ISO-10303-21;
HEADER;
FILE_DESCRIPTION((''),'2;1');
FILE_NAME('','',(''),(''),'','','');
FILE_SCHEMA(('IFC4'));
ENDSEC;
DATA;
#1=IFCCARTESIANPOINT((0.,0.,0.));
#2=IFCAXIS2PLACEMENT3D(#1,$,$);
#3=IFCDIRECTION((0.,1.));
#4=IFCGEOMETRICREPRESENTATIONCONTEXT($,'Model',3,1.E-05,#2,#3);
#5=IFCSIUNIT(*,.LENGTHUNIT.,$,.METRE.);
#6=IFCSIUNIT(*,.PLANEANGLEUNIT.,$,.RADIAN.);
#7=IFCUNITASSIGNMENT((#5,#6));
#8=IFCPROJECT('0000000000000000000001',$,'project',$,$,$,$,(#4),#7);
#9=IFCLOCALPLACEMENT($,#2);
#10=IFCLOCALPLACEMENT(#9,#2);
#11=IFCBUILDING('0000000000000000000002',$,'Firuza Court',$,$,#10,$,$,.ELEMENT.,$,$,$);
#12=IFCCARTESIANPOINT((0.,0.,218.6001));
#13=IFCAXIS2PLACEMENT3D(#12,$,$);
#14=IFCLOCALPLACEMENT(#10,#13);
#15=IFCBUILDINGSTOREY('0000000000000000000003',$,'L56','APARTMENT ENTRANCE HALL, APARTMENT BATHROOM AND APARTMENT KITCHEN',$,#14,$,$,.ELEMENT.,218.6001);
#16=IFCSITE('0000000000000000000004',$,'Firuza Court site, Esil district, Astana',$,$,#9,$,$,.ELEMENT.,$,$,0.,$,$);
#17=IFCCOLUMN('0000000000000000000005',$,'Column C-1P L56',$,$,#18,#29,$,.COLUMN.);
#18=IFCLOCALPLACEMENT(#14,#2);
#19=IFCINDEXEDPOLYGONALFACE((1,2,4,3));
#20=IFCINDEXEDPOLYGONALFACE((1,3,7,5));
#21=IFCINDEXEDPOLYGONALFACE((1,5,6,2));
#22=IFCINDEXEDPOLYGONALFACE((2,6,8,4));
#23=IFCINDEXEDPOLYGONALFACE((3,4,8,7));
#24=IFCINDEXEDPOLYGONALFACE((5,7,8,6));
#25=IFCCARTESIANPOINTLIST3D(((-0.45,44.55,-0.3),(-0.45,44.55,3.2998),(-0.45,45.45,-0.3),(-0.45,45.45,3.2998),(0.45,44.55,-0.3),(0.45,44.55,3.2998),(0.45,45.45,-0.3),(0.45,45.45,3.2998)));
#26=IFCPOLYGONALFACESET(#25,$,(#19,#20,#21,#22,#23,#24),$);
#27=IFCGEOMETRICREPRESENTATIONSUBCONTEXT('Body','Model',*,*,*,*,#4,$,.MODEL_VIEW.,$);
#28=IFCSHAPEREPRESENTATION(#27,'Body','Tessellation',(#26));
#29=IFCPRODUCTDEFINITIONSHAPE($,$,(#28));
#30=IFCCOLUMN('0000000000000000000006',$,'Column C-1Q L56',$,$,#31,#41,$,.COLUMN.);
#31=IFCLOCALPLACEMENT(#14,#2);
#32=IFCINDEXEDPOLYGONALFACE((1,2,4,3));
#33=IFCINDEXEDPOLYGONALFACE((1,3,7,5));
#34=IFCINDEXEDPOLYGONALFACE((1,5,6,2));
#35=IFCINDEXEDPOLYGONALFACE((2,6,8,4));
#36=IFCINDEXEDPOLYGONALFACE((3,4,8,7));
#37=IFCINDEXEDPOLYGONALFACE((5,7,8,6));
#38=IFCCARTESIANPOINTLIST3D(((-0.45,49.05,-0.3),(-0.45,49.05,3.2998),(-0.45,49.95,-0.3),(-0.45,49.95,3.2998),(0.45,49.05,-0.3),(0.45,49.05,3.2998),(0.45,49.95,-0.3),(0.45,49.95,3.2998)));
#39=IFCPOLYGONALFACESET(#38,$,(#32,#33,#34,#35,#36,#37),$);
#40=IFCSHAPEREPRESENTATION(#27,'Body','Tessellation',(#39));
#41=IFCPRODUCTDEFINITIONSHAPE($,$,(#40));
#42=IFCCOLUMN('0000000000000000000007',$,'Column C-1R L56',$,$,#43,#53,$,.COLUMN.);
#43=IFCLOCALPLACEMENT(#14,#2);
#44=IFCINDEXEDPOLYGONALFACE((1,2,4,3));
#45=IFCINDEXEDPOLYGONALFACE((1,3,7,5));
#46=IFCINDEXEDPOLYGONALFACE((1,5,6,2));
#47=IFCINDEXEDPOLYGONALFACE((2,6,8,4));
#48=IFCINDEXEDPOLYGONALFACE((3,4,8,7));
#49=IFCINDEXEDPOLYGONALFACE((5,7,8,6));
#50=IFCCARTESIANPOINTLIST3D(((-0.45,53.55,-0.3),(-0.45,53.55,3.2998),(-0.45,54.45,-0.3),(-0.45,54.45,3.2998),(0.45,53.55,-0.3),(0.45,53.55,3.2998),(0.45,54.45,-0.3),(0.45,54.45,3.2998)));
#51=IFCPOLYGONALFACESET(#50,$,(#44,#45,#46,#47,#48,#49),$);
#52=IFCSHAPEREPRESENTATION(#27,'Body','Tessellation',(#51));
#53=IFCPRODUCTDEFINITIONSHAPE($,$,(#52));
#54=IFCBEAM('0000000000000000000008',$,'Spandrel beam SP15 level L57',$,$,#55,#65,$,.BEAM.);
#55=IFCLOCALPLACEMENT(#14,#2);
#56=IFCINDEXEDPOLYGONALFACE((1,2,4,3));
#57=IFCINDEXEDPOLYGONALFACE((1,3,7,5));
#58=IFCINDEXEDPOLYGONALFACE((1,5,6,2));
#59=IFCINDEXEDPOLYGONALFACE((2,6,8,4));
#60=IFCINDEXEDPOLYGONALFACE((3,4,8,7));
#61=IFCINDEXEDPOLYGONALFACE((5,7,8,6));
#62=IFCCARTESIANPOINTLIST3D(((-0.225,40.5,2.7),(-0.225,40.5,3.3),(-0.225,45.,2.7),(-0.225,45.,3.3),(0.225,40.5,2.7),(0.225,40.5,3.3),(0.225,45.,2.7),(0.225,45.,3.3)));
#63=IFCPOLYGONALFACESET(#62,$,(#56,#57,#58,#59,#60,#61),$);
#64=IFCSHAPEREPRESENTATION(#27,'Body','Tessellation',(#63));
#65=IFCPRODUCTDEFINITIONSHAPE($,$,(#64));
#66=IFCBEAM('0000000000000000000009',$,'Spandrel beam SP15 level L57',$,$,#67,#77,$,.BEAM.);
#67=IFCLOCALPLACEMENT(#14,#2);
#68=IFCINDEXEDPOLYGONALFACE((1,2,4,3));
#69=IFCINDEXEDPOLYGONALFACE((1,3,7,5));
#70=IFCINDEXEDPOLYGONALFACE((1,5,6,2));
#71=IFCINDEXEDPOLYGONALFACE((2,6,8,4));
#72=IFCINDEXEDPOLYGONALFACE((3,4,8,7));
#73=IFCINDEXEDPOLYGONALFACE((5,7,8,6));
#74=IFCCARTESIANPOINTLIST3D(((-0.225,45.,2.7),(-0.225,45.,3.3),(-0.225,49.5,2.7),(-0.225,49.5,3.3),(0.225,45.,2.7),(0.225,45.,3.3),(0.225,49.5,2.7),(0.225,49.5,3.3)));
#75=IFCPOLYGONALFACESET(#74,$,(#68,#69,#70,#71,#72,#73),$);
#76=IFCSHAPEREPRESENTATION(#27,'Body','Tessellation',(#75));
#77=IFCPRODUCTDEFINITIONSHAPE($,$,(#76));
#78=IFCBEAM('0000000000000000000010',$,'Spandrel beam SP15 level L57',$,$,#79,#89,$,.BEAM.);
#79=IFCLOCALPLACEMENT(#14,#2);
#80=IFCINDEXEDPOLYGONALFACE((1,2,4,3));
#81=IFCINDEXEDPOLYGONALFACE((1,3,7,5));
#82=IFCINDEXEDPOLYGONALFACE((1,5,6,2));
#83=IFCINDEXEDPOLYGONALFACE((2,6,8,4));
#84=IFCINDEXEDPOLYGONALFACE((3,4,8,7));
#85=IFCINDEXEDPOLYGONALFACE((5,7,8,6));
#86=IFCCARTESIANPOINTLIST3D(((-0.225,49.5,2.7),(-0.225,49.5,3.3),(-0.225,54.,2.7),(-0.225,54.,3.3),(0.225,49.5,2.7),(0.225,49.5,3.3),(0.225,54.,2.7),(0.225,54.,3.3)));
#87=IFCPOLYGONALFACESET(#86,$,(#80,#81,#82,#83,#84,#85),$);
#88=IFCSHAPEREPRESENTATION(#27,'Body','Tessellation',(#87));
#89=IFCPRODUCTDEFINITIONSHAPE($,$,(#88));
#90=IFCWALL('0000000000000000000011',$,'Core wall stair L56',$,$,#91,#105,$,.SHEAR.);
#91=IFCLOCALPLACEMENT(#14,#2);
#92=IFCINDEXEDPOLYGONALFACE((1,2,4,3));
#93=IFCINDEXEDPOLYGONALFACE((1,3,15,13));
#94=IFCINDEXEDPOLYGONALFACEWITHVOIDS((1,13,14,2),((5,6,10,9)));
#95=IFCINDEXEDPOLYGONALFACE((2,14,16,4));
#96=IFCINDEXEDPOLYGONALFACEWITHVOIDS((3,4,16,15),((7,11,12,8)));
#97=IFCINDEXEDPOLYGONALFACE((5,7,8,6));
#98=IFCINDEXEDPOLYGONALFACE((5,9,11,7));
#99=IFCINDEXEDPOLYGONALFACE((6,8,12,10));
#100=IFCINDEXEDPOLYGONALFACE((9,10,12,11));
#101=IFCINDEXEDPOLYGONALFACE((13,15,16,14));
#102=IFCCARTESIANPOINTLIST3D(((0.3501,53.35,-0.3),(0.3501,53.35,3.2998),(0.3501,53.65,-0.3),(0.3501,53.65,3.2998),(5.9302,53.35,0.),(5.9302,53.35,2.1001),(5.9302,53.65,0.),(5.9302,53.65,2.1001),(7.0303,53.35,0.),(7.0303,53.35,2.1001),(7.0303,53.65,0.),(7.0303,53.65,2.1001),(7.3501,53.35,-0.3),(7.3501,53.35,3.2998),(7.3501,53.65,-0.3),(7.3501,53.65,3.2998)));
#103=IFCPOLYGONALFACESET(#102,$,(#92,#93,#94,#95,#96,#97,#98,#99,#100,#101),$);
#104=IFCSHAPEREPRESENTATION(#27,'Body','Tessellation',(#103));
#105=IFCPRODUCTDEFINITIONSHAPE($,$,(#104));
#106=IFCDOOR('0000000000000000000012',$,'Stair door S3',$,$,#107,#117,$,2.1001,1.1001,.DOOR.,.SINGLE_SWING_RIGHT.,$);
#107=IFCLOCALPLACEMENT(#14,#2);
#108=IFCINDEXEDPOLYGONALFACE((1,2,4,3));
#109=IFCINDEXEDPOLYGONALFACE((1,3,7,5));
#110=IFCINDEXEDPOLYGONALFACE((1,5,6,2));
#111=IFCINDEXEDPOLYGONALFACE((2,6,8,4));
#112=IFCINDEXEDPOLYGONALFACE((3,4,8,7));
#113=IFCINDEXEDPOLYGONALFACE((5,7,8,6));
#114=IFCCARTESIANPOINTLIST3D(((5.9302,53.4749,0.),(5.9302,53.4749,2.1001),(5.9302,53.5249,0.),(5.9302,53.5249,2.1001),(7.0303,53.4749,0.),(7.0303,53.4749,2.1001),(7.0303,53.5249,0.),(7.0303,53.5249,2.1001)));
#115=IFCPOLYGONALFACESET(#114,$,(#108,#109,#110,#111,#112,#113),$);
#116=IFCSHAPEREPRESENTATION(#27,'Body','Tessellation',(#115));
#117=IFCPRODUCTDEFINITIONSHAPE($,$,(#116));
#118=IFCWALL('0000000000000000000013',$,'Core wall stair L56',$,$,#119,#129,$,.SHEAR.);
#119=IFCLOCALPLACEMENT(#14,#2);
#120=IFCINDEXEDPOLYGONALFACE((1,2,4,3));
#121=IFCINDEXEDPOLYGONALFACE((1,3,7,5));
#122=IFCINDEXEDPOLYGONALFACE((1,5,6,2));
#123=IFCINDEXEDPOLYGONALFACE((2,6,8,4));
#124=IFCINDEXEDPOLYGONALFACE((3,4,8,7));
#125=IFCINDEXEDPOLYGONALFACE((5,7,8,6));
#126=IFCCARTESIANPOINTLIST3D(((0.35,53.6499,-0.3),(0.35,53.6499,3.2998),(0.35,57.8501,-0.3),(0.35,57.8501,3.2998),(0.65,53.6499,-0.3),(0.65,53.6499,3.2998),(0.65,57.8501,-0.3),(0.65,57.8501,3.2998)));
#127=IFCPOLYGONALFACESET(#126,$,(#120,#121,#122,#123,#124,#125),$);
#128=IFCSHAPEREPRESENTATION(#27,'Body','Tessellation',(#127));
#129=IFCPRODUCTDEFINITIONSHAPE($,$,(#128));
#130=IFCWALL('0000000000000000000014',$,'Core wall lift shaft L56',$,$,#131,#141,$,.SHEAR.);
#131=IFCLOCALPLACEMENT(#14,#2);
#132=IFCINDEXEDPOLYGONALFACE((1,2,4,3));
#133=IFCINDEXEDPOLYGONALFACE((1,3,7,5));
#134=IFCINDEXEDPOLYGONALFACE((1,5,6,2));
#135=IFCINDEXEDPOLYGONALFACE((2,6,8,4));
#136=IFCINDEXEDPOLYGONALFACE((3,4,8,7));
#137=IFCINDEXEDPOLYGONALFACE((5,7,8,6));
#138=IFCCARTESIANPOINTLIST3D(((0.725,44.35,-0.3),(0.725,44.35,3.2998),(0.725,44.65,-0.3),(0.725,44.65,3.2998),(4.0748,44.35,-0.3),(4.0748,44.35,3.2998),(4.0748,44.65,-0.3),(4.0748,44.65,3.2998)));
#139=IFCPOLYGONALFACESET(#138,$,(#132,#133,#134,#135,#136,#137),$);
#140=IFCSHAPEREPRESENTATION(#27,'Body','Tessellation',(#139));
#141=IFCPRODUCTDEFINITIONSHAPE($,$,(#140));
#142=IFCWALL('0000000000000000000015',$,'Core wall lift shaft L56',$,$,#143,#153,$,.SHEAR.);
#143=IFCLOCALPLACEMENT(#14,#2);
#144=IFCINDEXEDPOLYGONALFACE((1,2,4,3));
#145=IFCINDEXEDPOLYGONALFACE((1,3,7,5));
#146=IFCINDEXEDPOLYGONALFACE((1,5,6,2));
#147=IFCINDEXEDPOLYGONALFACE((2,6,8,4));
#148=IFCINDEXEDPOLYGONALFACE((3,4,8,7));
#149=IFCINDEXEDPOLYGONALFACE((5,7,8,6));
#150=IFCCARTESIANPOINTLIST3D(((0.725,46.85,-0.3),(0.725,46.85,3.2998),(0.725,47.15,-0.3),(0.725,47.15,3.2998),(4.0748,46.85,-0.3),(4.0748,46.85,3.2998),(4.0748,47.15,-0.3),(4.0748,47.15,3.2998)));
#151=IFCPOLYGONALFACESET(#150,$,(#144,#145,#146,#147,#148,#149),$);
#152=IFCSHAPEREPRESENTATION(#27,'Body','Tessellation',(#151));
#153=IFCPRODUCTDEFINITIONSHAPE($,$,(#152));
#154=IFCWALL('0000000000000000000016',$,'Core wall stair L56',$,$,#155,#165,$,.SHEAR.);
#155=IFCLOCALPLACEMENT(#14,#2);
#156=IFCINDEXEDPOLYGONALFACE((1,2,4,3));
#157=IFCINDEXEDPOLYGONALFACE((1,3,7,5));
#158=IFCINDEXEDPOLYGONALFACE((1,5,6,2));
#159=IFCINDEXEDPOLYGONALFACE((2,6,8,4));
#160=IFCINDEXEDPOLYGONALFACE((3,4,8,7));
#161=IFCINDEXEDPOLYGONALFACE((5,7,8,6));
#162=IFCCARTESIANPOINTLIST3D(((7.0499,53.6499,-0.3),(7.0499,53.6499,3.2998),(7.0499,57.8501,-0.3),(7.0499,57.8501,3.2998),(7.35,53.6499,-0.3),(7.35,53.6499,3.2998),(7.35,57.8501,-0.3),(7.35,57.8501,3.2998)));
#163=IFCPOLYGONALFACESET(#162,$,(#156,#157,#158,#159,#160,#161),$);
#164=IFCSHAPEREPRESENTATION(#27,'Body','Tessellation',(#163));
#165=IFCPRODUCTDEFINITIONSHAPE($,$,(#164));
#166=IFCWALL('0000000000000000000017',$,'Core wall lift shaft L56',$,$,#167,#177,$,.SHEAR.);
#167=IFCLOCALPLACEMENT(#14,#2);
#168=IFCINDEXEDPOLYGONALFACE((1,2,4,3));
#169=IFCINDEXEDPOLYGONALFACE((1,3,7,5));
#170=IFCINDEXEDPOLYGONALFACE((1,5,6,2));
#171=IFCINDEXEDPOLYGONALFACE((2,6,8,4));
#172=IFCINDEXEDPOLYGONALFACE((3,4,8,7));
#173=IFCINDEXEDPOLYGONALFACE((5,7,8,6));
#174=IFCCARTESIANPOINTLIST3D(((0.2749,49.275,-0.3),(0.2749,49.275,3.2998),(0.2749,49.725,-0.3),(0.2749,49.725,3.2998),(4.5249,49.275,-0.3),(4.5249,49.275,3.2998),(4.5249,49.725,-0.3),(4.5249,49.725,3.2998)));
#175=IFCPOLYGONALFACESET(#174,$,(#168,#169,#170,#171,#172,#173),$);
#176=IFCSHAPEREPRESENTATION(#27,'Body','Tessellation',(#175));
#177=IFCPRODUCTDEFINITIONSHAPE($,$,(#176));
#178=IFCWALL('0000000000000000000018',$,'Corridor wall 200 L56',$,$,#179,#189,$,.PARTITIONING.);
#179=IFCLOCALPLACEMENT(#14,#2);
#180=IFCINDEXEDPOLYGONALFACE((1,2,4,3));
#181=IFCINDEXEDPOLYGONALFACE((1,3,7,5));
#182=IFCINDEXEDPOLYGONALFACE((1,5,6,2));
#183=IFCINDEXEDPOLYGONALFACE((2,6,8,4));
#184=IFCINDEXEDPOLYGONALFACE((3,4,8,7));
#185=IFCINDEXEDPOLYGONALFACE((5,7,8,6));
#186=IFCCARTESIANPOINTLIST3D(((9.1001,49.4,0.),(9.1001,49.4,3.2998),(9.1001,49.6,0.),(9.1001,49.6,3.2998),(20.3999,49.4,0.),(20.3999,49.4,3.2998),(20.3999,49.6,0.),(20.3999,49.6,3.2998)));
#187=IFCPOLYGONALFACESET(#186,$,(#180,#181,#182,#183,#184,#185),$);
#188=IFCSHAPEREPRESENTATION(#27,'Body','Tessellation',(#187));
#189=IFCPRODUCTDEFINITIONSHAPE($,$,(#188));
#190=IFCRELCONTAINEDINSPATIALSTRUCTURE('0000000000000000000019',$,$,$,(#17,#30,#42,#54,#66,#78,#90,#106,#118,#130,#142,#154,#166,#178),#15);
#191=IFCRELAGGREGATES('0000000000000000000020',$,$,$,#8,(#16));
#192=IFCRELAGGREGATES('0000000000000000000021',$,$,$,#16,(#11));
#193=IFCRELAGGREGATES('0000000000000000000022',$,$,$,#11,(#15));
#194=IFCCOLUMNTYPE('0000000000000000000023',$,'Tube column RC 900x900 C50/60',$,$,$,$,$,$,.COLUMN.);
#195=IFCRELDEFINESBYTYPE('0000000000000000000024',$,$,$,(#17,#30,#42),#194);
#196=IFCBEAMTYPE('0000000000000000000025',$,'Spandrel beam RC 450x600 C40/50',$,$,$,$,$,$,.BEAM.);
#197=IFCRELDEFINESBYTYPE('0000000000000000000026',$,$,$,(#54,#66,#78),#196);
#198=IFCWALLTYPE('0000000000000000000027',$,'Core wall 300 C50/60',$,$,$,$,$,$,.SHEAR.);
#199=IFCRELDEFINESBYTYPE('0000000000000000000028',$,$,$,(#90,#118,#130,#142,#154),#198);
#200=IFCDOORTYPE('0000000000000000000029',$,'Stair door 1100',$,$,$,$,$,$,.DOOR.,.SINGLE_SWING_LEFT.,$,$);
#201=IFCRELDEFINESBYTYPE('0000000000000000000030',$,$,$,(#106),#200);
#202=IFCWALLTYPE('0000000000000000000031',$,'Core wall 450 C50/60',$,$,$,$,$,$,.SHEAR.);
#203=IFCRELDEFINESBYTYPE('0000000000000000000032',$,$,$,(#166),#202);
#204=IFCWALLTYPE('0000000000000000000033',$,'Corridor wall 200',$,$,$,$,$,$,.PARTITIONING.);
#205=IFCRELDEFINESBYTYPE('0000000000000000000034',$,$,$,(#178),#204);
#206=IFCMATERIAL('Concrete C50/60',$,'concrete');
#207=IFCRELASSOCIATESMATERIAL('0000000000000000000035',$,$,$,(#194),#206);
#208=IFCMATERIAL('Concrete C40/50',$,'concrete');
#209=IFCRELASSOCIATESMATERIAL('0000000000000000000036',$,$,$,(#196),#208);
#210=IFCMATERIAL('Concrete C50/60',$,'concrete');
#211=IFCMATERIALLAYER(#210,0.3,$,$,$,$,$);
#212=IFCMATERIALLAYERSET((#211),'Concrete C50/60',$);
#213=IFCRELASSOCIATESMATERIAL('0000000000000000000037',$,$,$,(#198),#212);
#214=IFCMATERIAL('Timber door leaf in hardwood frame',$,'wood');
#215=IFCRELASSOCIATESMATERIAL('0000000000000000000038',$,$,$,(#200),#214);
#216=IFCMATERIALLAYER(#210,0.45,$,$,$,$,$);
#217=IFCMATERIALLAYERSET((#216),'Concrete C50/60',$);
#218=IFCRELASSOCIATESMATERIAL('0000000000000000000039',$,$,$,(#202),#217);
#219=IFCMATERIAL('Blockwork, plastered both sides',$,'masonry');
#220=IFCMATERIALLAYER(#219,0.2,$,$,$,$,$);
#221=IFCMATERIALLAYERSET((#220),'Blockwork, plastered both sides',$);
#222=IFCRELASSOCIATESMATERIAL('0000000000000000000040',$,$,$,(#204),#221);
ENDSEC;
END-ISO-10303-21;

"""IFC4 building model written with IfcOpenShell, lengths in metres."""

from ifc_helpers import new_model, si_unit, direction, frame, frame_2d, origin, origin_2d, place, context, subcontext, project, spatial, rectangle, extrude, material, layer, layer_set, material_profile, profile_set, type_object, element, fill, save


model = new_model("IFC4")

# Units and contexts
model_context = context("Model", 3, precision=1e-05, world=origin(), true_north=direction((0.0, 1.0)))
body_context = subcontext(model_context, "Body", "Model", "MODEL_VIEW")
ifc_project = project(units=[si_unit("LENGTHUNIT", "METRE"), si_unit("PLANEANGLEUNIT", "RADIAN")], contexts=[model_context])

# Site, building, storey
site_placement = place(None, origin())
site = spatial("IfcSite", under=ifc_project, at=site_placement, Name="Firuza Court site, Esil district, Astana", CompositionType="ELEMENT", RefElevation=0.0)
building_placement = place(site_placement, origin())
building = spatial("IfcBuilding", under=site, at=building_placement, Name="Firuza Court", CompositionType="ELEMENT")
storey_placement = place(building_placement, frame((0.0, 0.0, 218.6001)))
storey = spatial("IfcBuildingStorey", under=building, at=storey_placement, Name="L56", Description="APARTMENT ENTRANCE HALL, APARTMENT BATHROOM AND APARTMENT KITCHEN", CompositionType="ELEMENT", Elevation=218.6001)

# Columns
ifc_material_1 = material(Name="Concrete C50/60", Category="concrete")
ifc_material_profile_1 = material_profile(ifc_material_1, rectangle(XDim=0.8999, YDim=0.8999, at=origin_2d()), Name="RC 900x900")
ifc_profile_set_1 = profile_set([ifc_material_profile_1], Name="Concrete C50/60")
column_type = type_object("IfcColumnType", Name="Tube column RC 900x900 C50/60", PredefinedType="COLUMN", material=ifc_profile_set_1)
for number, where, z_axis, x_axis, name in (
    (1, (0.0, 45.0, -0.3), (0.0, 0.0, 1.0), (1.0, 0.0, 0.0), "Column C-1P L56"),
    (2, (0.0, 49.5, -0.3), (0.0, 0.0, 1.0), (1.0, 0.0, 0.0), "Column C-1Q L56"),
    (3, (0.0, 54.0, -0.3), (0.0, 0.0, 1.0), (1.0, 0.0, 0.0), "Column C-1R L56"),
):
    element("IfcColumn", number, at=place(storey_placement, frame(where, z_axis=z_axis, x_axis=x_axis)), inside=storey, type_object=column_type, Name=name, PredefinedType="COLUMN", context=body_context, shape_type="SweptSolid", body=[
        extrude(rectangle(XDim=0.8999, YDim=0.8999, at=origin_2d()), origin(), (0.0, 0.0, 1.0), 3.5999),
    ])

# Beams
ifc_material_2 = material(Name="Concrete C40/50", Category="concrete")
ifc_material_profile_2 = material_profile(ifc_material_2, rectangle(XDim=0.45, YDim=0.6001, at=origin_2d()), Name="RC 450x600")
ifc_profile_set_2 = profile_set([ifc_material_profile_2], Name="Concrete C40/50")
beam_type = type_object("IfcBeamType", Name="Spandrel beam RC 450x600 C40/50", PredefinedType="BEAM", material=ifc_profile_set_2)
for number, where, z_axis, x_axis, name in (
    (4, (0.0, 45.0, 3.0), (0.0, -1.0, 0.0), (1.0, 0.0, 0.0), "Spandrel beam SP15 level L57"),
    (5, (0.0, 49.5, 3.0), (0.0, -1.0, 0.0), (1.0, 0.0, 0.0), "Spandrel beam SP15 level L57"),
    (6, (0.0, 54.0, 3.0), (0.0, -1.0, 0.0), (1.0, 0.0, 0.0), "Spandrel beam SP15 level L57"),
):
    element("IfcBeam", number, at=place(storey_placement, frame(where, z_axis=z_axis, x_axis=x_axis)), inside=storey, type_object=beam_type, Name=name, PredefinedType="BEAM", context=body_context, shape_type="SweptSolid", body=[
        extrude(rectangle(XDim=0.45, YDim=0.6001, at=origin_2d()), origin(), (0.0, 0.0, 1.0), 4.5),
    ])

# Wall, opening, door
ifc_material_3 = material(Name="Concrete C50/60", Category="concrete")
ifc_layer_1 = layer(ifc_material_3, 0.3)
ifc_layer_set_1 = layer_set([ifc_layer_1], Name="Concrete C50/60")
wall_type_1 = type_object("IfcWallType", Name="Core wall 300 C50/60", PredefinedType="SHEAR", material=ifc_layer_set_1)
wall_1_placement = place(storey_placement, frame((0.3501, 53.5, -0.3), z_axis=(0.0, 0.0, 1.0), x_axis=(1.0, 0.0, 0.0)))
wall_1 = element("IfcWall", 7, at=wall_1_placement, inside=storey, type_object=wall_type_1, Name="Core wall stair L56", PredefinedType="SHEAR", context=body_context, shape_type="SweptSolid", body=[
    extrude(rectangle(XDim=7.0, YDim=0.3, at=frame_2d((3.5, 0.0))), origin(), (0.0, 0.0, 1.0), 3.5999),
])
opening_1_placement = place(wall_1_placement, frame((5.5801, 0.0, 0.3)))
opening_1 = element("IfcOpeningElement", 8, at=opening_1_placement, cuts=wall_1, PredefinedType="OPENING", context=body_context, shape_type="SweptSolid", body=[
    extrude(rectangle(XDim=1.1001, YDim=2.1001, at=frame_2d((0.55, 1.05))), frame((0.0, 0.1621, 0.0), z_axis=(0.0, -1.0, 0.0), x_axis=(1.0, 0.0, 0.0)), (0.0, 0.0, 1.0), 0.324),
])
ifc_material_4 = material(Name="Timber door leaf in hardwood frame", Category="wood")
door_type_1 = type_object("IfcDoorType", Name="Stair door 1100", OperationType="SINGLE_SWING_LEFT", PredefinedType="DOOR", material=ifc_material_4)
door_1_placement = place(opening_1_placement, origin())
door_1 = element("IfcDoor", 9, at=door_1_placement, inside=storey, type_object=door_type_1, Name="Stair door S3", OperationType="SINGLE_SWING_RIGHT", OverallHeight=2.1001, OverallWidth=1.1001, PredefinedType="DOOR", context=body_context, shape_type="SweptSolid", body=[
    extrude(rectangle(XDim=1.1001, YDim=2.1001, at=frame_2d((0.55, 1.05))), frame((0.0, 0.0249, 0.0), z_axis=(0.0, -1.0, 0.0), x_axis=(1.0, 0.0, 0.0)), (0.0, 0.0, 1.0), 0.05),
])
fill(opening_1, door_1)

# Walls
wall_2_placement = place(storey_placement, frame((0.5, 53.6499, -0.3), z_axis=(0.0, 0.0, 1.0), x_axis=(0.0, 1.0, 0.0)))
element("IfcWall", 10, at=wall_2_placement, inside=storey, type_object=wall_type_1, Name="Core wall stair L56", PredefinedType="SHEAR", context=body_context, shape_type="SweptSolid", body=[
    extrude(rectangle(XDim=4.2002, YDim=0.3, at=frame_2d((2.1001, 0.0))), origin(), (0.0, 0.0, 1.0), 3.5999),
])
for number, where, z_axis, x_axis, name in (
    (11, (0.7251, 44.5, -0.3), (0.0, 0.0, 1.0), (1.0, 0.0, 0.0), "Core wall lift shaft L56"),
    (12, (0.7251, 47.0, -0.3), (0.0, 0.0, 1.0), (1.0, 0.0, 0.0), "Core wall lift shaft L56"),
):
    element("IfcWall", number, at=place(storey_placement, frame(where, z_axis=z_axis, x_axis=x_axis)), inside=storey, type_object=wall_type_1, Name=name, PredefinedType="SHEAR", context=body_context, shape_type="SweptSolid", body=[
        extrude(rectangle(XDim=3.3499, YDim=0.3, at=frame_2d((1.6748, 0.0))), origin(), (0.0, 0.0, 1.0), 3.5999),
    ])
wall_3_placement = place(storey_placement, frame((7.2, 53.6499, -0.3), z_axis=(0.0, 0.0, 1.0), x_axis=(0.0, 1.0, 0.0)))
element("IfcWall", 13, at=wall_3_placement, inside=storey, type_object=wall_type_1, Name="Core wall stair L56", PredefinedType="SHEAR", context=body_context, shape_type="SweptSolid", body=[
    extrude(rectangle(XDim=4.2002, YDim=0.3, at=frame_2d((2.1001, 0.0))), origin(), (0.0, 0.0, 1.0), 3.5999),
])
ifc_layer_2 = layer(ifc_material_3, 0.45)
ifc_layer_set_2 = layer_set([ifc_layer_2], Name="Concrete C50/60")
wall_type_2 = type_object("IfcWallType", Name="Core wall 450 C50/60", PredefinedType="SHEAR", material=ifc_layer_set_2)
wall_4_placement = place(storey_placement, frame((0.2749, 49.5, -0.3), z_axis=(0.0, 0.0, 1.0), x_axis=(1.0, 0.0, 0.0)))
element("IfcWall", 14, at=wall_4_placement, inside=storey, type_object=wall_type_2, Name="Core wall lift shaft L56", PredefinedType="SHEAR", context=body_context, shape_type="SweptSolid", body=[
    extrude(rectangle(XDim=4.25, YDim=0.45, at=frame_2d((2.125, 0.0))), origin(), (0.0, 0.0, 1.0), 3.5999),
])
ifc_material_5 = material(Name="Blockwork, plastered both sides", Category="masonry")
ifc_layer_3 = layer(ifc_material_5, 0.2)
ifc_layer_set_3 = layer_set([ifc_layer_3], Name="Blockwork, plastered both sides")
wall_type_3 = type_object("IfcWallType", Name="Corridor wall 200", PredefinedType="PARTITIONING", material=ifc_layer_set_3)
wall_5_placement = place(storey_placement, frame((9.1001, 49.5, 0.0), z_axis=(0.0, 0.0, 1.0), x_axis=(1.0, 0.0, 0.0)))
element("IfcWall", 15, at=wall_5_placement, inside=storey, type_object=wall_type_3, Name="Corridor wall 200 L56", PredefinedType="PARTITIONING", context=body_context, shape_type="SweptSolid", body=[
    extrude(rectangle(XDim=11.2998, YDim=0.2, at=frame_2d((5.6499, 0.0))), origin(), (0.0, 0.0, 1.0), 3.2998),
])

save(model, "model.ifc")
